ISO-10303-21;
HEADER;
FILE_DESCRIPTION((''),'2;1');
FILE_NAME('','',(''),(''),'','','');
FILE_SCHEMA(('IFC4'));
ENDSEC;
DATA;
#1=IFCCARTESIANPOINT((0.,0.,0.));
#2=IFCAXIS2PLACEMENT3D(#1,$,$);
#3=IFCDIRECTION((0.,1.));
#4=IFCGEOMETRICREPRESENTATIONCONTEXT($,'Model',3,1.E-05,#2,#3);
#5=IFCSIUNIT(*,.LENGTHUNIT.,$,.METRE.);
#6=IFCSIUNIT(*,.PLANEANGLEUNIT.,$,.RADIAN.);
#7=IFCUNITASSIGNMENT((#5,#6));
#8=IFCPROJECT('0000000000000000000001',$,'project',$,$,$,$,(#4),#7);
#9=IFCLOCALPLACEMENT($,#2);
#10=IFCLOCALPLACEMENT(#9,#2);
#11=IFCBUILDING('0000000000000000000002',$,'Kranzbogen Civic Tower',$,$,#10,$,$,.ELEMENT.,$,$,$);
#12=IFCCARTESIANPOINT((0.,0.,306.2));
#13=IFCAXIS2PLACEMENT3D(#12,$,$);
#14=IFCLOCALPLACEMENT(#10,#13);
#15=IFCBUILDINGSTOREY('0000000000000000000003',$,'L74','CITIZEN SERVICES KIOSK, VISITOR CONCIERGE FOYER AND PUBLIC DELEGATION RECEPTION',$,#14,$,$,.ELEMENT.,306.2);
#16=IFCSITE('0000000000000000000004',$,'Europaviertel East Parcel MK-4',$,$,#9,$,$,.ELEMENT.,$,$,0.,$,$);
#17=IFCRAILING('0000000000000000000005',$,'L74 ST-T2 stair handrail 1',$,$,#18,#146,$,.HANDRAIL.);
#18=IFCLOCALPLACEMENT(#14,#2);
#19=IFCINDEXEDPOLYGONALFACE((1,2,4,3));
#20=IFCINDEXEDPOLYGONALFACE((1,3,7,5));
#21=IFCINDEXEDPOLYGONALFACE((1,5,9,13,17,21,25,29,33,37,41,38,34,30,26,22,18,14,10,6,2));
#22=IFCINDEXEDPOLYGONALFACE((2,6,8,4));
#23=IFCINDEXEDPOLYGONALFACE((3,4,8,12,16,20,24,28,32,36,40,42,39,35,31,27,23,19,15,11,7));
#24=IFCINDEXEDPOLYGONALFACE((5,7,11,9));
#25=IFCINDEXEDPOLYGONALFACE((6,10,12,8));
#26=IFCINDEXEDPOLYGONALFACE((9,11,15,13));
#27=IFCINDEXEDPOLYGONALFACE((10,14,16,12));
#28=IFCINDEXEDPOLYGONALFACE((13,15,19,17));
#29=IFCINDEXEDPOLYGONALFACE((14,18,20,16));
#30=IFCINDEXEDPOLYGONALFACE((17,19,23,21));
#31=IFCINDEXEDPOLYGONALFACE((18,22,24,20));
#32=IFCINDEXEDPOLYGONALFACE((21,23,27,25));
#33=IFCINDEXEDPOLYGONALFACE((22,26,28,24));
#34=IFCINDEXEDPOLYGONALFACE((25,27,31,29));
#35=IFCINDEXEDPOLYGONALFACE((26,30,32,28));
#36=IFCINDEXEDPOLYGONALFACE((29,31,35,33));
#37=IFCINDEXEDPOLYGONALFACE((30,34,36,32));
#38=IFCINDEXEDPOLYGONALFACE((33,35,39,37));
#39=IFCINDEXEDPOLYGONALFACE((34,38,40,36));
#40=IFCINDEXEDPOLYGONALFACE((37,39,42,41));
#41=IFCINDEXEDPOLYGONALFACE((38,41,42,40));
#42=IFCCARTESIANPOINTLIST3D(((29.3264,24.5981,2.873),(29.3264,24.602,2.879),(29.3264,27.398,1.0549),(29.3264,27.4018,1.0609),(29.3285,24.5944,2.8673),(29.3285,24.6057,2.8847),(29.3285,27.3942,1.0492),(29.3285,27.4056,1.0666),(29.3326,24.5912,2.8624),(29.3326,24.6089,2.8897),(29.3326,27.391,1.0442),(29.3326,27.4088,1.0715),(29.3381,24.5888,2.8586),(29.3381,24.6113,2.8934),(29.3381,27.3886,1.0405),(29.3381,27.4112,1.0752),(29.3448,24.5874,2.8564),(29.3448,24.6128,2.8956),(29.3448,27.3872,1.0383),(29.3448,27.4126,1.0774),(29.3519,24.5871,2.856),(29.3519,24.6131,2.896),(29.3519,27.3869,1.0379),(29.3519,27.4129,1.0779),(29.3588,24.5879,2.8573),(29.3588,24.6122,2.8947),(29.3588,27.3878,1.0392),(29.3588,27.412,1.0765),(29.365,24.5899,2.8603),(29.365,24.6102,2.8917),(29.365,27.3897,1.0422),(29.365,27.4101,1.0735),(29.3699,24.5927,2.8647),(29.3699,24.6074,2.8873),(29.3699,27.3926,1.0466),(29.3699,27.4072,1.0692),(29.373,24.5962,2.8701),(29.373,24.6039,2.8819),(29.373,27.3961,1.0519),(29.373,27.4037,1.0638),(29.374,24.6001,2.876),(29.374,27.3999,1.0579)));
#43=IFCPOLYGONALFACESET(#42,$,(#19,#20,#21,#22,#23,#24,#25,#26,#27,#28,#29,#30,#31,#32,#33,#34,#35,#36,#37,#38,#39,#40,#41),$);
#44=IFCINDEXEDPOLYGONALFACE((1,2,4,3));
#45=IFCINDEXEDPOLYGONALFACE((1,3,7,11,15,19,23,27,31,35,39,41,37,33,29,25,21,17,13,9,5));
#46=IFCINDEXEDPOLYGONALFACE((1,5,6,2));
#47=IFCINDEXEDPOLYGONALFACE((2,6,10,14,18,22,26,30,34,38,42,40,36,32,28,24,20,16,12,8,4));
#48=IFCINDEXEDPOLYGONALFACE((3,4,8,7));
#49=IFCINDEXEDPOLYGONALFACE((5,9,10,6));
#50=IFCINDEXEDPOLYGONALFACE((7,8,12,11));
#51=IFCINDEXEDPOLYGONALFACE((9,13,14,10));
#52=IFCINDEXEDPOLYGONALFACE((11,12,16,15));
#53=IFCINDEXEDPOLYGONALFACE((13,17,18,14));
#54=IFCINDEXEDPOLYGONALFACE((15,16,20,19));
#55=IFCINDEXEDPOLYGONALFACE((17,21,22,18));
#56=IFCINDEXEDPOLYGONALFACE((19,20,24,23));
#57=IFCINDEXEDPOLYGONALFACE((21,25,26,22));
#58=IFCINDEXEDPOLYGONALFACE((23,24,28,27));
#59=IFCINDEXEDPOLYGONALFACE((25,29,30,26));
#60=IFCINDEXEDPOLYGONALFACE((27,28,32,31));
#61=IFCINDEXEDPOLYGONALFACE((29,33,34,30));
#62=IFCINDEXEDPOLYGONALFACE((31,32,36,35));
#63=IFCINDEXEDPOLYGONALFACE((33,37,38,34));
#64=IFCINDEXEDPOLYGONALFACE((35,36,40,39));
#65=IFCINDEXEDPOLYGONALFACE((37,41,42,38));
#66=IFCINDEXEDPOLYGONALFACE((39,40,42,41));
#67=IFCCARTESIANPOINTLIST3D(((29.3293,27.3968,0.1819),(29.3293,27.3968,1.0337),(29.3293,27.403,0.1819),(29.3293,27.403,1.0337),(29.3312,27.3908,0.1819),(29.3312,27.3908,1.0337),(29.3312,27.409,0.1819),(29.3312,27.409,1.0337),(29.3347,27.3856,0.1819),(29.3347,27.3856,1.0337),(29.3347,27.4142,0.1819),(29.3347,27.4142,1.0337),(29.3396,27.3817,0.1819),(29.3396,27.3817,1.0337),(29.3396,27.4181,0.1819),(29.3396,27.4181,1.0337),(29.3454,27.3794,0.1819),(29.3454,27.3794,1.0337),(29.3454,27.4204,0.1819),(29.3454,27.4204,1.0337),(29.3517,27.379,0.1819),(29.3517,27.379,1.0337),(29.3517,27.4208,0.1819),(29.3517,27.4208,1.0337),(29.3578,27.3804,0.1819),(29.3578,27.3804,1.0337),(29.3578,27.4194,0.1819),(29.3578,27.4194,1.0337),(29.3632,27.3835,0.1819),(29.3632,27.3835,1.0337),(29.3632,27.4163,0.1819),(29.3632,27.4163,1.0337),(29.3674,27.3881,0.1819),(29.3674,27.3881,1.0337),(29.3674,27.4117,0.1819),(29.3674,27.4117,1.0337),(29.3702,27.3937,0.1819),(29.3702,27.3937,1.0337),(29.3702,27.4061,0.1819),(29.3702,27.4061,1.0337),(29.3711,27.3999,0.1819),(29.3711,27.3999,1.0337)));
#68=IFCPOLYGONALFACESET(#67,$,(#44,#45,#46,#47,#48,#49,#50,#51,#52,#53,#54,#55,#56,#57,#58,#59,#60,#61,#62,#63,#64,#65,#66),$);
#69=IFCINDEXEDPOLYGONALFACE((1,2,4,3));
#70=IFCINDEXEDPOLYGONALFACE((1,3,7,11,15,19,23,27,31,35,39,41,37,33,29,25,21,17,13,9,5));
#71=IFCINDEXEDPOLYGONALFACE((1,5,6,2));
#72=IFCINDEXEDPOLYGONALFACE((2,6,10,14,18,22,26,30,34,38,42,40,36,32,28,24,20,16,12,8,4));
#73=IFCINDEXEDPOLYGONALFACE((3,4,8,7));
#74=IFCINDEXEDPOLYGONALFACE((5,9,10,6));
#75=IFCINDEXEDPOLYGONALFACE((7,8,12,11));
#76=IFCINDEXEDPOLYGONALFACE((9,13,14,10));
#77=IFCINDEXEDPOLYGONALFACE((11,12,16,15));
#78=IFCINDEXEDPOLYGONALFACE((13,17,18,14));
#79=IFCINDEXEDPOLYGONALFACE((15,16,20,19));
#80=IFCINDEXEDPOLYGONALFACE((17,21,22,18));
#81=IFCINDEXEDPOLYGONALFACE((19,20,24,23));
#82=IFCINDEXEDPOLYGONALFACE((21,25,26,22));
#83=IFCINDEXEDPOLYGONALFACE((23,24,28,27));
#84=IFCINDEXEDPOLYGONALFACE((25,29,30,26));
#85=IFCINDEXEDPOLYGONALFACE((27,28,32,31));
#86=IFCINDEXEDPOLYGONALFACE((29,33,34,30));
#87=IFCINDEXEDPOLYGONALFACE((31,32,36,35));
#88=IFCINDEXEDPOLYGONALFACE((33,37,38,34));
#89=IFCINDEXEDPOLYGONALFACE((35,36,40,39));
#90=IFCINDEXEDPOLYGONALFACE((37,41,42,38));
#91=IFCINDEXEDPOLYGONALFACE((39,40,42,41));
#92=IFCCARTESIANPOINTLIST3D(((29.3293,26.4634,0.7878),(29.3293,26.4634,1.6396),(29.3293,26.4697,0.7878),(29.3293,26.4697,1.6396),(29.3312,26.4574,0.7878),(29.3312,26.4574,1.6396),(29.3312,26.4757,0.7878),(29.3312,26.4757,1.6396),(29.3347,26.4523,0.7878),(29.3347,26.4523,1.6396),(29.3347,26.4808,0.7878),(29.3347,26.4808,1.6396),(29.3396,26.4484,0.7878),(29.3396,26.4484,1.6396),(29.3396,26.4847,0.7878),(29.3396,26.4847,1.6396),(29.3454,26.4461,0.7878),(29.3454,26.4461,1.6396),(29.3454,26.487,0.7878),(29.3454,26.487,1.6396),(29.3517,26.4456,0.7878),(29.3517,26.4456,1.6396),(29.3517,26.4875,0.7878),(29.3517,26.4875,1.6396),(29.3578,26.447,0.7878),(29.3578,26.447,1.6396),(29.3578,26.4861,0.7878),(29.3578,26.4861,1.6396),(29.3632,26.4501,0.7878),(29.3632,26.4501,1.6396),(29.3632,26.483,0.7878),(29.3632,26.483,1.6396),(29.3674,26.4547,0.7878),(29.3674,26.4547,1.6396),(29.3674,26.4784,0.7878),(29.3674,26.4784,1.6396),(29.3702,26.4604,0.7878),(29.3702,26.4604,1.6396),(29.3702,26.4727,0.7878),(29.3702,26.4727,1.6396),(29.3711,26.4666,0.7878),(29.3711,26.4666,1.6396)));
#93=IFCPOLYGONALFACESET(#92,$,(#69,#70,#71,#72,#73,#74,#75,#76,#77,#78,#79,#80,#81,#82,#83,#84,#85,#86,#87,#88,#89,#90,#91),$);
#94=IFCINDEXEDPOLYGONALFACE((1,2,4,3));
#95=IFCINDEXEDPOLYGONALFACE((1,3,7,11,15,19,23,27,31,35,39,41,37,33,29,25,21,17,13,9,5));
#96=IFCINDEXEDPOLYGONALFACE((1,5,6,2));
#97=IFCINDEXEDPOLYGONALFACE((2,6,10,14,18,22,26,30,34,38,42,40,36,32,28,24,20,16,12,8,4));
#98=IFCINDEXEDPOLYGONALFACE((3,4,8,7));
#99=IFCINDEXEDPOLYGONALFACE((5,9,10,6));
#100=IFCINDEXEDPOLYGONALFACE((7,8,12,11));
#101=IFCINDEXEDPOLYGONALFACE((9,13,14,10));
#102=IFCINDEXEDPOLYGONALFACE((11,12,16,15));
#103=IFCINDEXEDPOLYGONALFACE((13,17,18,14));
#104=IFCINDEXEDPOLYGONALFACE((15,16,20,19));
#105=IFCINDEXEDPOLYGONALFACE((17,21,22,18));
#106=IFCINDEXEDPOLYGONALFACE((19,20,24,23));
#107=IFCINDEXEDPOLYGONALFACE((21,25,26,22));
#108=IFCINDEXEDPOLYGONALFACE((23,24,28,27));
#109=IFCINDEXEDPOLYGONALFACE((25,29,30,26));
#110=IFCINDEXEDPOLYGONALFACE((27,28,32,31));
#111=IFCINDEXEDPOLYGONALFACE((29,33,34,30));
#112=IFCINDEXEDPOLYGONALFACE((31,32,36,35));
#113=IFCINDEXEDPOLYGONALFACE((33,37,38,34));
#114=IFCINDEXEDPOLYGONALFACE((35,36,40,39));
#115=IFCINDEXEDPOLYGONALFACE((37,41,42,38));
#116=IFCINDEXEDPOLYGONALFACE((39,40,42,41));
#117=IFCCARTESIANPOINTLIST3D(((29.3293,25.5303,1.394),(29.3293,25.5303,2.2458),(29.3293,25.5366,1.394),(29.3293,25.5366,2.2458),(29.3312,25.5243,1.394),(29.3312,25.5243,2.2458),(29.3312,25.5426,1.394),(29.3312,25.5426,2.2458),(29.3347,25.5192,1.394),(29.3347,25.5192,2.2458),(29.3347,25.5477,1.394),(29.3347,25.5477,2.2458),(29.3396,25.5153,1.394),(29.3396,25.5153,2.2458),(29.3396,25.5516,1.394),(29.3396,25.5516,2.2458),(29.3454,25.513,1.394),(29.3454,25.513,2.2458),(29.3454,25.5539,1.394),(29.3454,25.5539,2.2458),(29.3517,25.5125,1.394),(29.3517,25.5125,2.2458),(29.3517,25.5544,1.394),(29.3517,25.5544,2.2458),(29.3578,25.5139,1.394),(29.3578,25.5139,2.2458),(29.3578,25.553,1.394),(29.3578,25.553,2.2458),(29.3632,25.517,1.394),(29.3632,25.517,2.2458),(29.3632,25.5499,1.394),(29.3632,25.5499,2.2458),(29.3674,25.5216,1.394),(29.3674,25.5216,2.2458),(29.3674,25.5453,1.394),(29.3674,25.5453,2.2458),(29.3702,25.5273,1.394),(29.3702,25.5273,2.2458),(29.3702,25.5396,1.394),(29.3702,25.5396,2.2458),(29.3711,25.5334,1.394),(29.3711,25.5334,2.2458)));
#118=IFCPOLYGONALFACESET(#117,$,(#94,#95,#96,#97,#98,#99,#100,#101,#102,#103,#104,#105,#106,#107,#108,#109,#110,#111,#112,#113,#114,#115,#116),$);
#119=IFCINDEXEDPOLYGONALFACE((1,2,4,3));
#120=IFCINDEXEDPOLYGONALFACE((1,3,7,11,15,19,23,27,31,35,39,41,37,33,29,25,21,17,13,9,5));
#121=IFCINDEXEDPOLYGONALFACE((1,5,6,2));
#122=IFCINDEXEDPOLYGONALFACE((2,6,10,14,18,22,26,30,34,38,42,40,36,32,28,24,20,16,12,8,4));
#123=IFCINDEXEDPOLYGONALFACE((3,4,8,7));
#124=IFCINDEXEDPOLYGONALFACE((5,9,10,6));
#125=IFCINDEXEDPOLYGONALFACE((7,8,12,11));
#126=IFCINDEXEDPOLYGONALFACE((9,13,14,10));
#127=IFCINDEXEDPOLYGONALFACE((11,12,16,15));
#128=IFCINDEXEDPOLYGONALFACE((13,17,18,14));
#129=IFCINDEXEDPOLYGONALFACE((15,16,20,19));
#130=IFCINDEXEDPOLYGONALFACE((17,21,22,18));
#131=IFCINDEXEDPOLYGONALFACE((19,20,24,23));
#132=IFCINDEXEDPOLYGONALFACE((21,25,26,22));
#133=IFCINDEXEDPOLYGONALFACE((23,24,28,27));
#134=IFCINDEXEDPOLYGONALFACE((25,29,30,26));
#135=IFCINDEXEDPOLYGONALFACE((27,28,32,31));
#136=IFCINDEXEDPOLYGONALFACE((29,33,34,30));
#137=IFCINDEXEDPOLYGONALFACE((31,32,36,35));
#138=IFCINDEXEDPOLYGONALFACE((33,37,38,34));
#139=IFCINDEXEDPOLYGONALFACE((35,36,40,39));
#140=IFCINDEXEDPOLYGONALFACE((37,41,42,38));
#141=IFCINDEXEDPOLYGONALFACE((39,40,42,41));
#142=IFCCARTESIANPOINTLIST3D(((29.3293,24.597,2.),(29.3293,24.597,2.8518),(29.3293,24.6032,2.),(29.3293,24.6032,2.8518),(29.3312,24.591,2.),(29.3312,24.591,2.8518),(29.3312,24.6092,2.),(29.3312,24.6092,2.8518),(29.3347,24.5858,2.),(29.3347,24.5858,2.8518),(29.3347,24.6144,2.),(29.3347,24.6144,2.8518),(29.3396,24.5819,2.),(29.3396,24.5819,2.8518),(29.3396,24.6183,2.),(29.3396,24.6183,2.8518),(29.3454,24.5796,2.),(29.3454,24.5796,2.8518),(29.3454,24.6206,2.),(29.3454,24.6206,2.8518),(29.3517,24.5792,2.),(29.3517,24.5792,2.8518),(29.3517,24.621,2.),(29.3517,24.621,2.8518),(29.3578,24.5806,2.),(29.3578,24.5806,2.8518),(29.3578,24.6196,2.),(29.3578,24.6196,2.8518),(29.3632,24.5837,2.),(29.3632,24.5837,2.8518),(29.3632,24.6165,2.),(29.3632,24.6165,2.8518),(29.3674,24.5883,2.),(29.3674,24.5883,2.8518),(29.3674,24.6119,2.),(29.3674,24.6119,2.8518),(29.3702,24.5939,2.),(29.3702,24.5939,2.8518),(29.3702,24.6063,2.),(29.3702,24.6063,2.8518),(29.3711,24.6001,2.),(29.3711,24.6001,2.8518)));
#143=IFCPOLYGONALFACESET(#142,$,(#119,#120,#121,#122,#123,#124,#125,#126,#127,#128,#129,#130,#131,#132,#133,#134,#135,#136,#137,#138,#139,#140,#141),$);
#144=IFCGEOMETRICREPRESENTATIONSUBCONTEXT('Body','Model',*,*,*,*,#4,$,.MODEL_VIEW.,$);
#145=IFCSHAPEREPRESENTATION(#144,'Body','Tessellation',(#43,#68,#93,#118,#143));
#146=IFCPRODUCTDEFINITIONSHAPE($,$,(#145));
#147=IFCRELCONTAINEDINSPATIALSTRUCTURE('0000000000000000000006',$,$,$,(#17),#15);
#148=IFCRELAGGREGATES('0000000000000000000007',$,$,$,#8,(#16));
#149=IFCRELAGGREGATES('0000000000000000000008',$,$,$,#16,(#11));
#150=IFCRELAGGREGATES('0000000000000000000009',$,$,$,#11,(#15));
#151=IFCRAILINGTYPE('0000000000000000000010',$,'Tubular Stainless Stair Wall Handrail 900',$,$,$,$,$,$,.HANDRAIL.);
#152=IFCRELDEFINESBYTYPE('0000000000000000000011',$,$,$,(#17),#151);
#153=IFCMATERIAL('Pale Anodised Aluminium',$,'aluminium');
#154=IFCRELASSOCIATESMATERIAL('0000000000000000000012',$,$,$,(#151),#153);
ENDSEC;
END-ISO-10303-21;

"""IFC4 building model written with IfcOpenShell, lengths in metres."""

from ifc_helpers import new_model, si_unit, direction, frame, origin, origin_2d, place, context, subcontext, project, spatial, circle, extrude, material, type_object, element, save


model = new_model("IFC4")

# Units and contexts
model_context = context("Model", 3, precision=1e-05, world=origin(), true_north=direction((0.0, 1.0)))
body_context = subcontext(model_context, "Body", "Model", "MODEL_VIEW")
ifc_project = project(units=[si_unit("LENGTHUNIT", "METRE"), si_unit("PLANEANGLEUNIT", "RADIAN")], contexts=[model_context])

# Site, building, storey
site_placement = place(None, origin())
site = spatial("IfcSite", under=ifc_project, at=site_placement, Name="Europaviertel East Parcel MK-4", CompositionType="ELEMENT", RefElevation=0.0)
building_placement = place(site_placement, origin())
building = spatial("IfcBuilding", under=site, at=building_placement, Name="Kranzbogen Civic Tower", CompositionType="ELEMENT")
storey_placement = place(building_placement, frame((0.0, 0.0, 306.2)))
storey = spatial("IfcBuildingStorey", under=building, at=storey_placement, Name="L74", Description="CITIZEN SERVICES KIOSK, VISITOR CONCIERGE FOYER AND PUBLIC DELEGATION RECEPTION", CompositionType="ELEMENT", Elevation=306.2)

# Shared definitions
ifc_material_1 = material(Name="Pale Anodised Aluminium", Category="aluminium")

# Railing
railing_type_1 = type_object("IfcRailingType", Name="Tubular Stainless Stair Wall Handrail 900", PredefinedType="HANDRAIL", material=ifc_material_1)
railing_1_placement = place(storey_placement, frame((29.3501, 27.3999, 0.1819)))
element("IfcRailing", 1, at=railing_1_placement, inside=storey, type_object=railing_type_1, Name="L74 ST-T2 stair handrail 1", PredefinedType="HANDRAIL", context=body_context, shape_type="SweptSolid", body=[
    extrude(circle(Radius=0.0239, at=origin_2d()), frame((0.0, 0.0, 0.876), z_axis=(0.0, -0.838684, 0.544618), x_axis=(1.0, 0.0, 0.0)), (0.0, 0.0, 1.0), 3.3384),
    extrude(circle(Radius=0.021, at=origin_2d()), origin(), (0.0, 0.0, 1.0), 0.8518),
    extrude(circle(Radius=0.021, at=origin_2d()), frame((0.0, -0.9333, 0.606)), (0.0, 0.0, 1.0), 0.8518),
    extrude(circle(Radius=0.021, at=origin_2d()), frame((0.0, -1.8665, 1.2122)), (0.0, 0.0, 1.0), 0.8518),
    extrude(circle(Radius=0.021, at=origin_2d()), frame((0.0, -2.7998, 1.8181)), (0.0, 0.0, 1.0), 0.8518),
])

save(model, "model.ifc")
